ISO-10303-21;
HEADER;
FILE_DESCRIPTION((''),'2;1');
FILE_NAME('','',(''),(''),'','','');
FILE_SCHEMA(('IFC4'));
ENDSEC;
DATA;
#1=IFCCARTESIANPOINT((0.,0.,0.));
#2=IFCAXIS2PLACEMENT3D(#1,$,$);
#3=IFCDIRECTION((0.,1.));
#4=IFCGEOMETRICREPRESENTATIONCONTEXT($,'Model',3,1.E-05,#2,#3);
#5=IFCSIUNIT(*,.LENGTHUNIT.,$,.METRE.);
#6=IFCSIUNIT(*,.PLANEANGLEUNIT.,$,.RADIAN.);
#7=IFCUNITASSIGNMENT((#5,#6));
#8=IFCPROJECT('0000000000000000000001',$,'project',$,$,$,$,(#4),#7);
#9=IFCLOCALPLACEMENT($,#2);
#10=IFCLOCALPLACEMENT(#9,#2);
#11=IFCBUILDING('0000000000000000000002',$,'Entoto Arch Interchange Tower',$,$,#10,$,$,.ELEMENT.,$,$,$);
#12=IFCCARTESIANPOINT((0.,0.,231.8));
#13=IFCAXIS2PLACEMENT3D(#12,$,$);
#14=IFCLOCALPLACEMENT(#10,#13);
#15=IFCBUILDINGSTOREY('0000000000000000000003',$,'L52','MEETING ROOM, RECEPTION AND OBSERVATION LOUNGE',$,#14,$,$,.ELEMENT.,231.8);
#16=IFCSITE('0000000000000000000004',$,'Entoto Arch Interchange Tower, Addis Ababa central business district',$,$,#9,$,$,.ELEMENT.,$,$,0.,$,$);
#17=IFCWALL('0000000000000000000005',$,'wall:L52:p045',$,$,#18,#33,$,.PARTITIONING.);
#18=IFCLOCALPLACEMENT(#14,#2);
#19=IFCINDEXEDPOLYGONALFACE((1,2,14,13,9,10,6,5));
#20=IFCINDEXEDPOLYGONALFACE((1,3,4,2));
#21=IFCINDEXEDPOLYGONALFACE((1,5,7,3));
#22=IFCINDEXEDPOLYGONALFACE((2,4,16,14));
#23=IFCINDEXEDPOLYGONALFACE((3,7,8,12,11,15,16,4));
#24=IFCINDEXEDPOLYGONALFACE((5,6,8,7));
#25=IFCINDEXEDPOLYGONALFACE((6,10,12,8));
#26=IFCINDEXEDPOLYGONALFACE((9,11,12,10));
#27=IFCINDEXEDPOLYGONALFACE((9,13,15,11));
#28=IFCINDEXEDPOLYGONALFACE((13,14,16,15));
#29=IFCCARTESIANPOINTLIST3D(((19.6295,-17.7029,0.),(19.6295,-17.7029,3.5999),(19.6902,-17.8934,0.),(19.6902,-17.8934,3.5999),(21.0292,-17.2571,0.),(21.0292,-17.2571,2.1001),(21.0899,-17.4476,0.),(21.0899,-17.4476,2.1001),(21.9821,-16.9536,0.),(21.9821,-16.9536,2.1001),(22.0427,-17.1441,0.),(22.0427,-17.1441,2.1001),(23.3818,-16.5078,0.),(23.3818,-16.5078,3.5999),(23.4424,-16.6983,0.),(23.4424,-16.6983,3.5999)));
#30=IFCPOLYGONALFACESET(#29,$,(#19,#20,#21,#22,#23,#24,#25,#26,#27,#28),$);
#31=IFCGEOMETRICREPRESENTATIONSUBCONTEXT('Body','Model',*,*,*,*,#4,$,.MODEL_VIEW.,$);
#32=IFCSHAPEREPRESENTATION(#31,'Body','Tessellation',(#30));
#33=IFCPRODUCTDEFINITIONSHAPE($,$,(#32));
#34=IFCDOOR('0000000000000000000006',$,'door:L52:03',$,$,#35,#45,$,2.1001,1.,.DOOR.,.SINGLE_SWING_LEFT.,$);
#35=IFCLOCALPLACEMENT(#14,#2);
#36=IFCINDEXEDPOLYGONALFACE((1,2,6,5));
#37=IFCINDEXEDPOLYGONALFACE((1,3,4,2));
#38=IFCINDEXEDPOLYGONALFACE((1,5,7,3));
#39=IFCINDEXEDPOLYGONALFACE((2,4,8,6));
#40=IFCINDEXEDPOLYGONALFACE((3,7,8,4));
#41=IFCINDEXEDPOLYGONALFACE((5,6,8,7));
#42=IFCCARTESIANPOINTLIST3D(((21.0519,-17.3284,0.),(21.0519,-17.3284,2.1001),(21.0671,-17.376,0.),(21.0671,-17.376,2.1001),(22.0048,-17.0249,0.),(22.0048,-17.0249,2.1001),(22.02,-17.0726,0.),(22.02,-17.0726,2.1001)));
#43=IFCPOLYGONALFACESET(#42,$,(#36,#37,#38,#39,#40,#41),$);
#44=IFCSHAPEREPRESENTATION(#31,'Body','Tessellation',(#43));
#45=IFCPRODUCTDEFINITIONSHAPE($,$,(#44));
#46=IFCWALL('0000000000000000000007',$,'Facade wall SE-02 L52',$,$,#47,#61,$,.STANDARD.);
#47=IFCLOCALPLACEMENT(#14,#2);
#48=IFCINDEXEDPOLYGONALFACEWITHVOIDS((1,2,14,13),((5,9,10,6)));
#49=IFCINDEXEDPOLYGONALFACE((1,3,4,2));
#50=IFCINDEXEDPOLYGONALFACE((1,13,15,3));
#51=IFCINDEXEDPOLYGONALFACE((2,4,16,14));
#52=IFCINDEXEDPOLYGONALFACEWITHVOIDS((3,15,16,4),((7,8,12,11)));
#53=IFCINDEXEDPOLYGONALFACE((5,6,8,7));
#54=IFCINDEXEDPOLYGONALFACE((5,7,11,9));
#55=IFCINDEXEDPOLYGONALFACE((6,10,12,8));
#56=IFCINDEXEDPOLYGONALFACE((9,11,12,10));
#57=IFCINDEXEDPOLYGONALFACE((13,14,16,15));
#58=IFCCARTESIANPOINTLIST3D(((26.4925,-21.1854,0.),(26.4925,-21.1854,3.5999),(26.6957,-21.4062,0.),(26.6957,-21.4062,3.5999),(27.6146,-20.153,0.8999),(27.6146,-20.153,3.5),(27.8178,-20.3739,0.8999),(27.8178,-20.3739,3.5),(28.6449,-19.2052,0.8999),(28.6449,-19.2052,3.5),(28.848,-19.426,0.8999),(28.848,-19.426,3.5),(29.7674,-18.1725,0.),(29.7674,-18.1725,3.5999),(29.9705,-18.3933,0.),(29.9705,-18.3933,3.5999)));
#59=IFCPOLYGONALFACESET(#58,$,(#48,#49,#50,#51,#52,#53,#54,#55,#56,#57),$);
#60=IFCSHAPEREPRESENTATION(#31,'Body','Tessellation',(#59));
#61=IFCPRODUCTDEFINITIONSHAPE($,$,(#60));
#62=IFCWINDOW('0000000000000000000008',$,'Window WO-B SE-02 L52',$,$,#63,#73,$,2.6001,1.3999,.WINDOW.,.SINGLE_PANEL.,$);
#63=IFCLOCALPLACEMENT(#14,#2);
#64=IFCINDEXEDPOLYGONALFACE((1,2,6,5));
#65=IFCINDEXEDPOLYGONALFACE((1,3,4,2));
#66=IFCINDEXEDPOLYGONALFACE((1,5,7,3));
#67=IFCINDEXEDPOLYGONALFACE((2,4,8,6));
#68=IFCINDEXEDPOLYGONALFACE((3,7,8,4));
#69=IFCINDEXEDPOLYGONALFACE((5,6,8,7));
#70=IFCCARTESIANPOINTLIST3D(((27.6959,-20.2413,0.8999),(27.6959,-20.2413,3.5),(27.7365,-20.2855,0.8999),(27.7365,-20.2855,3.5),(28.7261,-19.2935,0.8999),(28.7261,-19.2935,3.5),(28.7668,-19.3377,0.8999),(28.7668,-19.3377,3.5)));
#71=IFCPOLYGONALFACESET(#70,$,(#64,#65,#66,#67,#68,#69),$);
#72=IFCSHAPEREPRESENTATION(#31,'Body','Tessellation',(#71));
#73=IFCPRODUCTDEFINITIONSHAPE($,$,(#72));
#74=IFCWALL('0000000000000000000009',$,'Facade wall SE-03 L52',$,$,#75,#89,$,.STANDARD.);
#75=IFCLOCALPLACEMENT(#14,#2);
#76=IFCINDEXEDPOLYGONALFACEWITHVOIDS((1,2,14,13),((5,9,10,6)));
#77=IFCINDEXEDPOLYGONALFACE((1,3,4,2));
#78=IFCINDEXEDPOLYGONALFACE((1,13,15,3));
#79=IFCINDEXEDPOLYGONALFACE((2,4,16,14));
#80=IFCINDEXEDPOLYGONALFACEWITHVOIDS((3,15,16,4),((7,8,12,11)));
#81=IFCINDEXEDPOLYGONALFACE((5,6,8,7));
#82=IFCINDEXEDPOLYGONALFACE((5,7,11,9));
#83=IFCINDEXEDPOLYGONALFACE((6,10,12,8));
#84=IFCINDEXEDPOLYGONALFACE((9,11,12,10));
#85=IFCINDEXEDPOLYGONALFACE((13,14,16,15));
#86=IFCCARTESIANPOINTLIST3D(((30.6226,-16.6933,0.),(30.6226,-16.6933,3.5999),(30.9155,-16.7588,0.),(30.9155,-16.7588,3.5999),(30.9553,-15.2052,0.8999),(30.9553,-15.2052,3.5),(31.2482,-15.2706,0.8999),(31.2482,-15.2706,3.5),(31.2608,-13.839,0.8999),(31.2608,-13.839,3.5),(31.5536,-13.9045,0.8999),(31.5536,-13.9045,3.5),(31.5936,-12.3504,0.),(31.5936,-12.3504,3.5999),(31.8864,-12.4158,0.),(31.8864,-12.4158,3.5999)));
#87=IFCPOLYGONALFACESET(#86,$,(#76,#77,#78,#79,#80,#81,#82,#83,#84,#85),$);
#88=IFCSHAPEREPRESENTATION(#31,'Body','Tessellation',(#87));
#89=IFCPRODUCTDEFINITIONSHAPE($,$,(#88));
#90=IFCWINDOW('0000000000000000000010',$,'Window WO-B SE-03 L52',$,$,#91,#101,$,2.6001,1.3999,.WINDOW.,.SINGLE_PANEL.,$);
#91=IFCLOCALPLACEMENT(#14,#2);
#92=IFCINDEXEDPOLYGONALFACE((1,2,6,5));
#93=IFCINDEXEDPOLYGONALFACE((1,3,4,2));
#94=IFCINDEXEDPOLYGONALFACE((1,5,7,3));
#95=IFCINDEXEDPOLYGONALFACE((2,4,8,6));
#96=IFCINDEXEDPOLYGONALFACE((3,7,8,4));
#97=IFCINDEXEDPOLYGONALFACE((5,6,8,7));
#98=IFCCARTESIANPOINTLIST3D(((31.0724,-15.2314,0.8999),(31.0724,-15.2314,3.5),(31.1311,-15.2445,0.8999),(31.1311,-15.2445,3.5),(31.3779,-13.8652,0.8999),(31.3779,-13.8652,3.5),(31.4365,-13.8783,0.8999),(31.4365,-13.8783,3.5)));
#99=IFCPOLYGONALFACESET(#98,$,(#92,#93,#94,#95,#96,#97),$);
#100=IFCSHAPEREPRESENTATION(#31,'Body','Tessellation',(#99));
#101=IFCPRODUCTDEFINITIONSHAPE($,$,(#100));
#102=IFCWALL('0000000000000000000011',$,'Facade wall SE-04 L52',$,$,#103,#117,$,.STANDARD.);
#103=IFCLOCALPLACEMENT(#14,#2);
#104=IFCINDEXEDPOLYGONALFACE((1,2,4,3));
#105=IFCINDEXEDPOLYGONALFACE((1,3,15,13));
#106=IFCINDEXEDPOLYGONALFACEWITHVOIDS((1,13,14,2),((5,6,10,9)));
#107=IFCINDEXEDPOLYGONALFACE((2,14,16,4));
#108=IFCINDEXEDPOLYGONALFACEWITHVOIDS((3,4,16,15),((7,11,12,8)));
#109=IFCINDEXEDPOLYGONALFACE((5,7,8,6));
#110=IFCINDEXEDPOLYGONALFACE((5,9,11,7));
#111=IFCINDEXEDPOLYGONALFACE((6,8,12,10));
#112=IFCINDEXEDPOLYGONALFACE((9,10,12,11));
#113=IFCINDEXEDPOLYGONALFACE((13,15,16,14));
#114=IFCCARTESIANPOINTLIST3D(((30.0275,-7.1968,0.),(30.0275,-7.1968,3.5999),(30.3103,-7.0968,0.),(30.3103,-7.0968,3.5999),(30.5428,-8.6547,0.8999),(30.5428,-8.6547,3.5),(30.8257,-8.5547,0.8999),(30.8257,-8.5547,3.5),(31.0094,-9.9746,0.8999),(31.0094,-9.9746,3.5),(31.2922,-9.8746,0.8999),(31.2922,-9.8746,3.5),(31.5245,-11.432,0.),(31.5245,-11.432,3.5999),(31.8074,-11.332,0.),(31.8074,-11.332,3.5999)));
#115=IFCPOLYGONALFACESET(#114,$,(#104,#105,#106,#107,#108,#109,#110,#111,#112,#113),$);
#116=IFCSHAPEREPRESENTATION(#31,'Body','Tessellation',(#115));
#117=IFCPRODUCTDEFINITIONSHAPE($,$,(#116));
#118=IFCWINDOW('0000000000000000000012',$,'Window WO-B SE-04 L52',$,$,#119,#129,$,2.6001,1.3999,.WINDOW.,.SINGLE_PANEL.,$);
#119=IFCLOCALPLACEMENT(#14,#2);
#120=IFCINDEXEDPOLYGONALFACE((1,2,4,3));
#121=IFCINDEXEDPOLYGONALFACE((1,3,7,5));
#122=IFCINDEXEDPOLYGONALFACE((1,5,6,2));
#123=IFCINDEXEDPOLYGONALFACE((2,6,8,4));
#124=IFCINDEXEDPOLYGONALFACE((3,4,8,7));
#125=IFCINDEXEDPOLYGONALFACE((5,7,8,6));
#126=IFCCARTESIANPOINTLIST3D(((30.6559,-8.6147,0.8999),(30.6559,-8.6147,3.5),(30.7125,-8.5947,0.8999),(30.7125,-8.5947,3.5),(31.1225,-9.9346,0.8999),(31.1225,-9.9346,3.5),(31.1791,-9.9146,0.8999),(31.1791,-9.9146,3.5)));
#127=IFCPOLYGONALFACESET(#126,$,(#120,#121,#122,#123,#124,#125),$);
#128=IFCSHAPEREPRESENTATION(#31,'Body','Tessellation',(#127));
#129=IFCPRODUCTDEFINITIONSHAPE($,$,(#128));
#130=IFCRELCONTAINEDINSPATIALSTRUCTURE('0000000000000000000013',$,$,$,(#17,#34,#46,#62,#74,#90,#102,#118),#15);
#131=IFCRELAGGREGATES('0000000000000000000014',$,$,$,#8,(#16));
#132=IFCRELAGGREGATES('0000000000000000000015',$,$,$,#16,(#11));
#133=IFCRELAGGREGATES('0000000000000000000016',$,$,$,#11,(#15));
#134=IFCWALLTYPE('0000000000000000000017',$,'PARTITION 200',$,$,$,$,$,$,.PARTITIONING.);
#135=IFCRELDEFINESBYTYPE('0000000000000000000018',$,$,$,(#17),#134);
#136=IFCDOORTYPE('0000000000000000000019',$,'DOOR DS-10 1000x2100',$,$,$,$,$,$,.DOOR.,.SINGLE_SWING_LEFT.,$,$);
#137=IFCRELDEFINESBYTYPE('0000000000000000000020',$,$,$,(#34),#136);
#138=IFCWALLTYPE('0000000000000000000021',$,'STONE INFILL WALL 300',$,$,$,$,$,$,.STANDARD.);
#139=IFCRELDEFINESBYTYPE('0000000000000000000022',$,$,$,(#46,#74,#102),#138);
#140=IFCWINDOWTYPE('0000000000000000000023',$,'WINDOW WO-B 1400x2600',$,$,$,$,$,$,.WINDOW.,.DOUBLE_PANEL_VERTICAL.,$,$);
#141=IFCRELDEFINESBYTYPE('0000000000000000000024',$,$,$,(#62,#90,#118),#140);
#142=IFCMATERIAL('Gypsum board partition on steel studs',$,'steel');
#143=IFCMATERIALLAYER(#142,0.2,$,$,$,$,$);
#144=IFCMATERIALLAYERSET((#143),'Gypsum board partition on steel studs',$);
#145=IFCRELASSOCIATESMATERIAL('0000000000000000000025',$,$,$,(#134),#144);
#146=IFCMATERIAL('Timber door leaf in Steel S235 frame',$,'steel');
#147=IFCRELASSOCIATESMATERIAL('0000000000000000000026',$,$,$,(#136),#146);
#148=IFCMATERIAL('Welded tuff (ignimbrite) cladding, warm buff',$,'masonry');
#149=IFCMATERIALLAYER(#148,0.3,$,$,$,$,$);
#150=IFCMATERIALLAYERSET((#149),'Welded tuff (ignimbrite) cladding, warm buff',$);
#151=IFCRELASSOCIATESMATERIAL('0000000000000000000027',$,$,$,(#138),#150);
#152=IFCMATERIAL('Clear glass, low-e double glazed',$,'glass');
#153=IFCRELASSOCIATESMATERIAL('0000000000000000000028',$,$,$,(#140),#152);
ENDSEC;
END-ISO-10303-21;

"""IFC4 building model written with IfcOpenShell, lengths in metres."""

from ifc_helpers import new_model, si_unit, direction, frame, frame_2d, origin, place, context, subcontext, project, spatial, rectangle, extrude, material, layer, layer_set, type_object, element, fill, save


model = new_model("IFC4")

# Units and contexts
model_context = context("Model", 3, precision=1e-05, world=origin(), true_north=direction((0.0, 1.0)))
body_context = subcontext(model_context, "Body", "Model", "MODEL_VIEW")
ifc_project = project(units=[si_unit("LENGTHUNIT", "METRE"), si_unit("PLANEANGLEUNIT", "RADIAN")], contexts=[model_context])

# Site, building, storey
site_placement = place(None, origin())
site = spatial("IfcSite", under=ifc_project, at=site_placement, Name="Entoto Arch Interchange Tower, Addis Ababa central business district", CompositionType="ELEMENT", RefElevation=0.0)
building_placement = place(site_placement, origin())
building = spatial("IfcBuilding", under=site, at=building_placement, Name="Entoto Arch Interchange Tower", CompositionType="ELEMENT")
storey_placement = place(building_placement, frame((0.0, 0.0, 231.8)))
storey = spatial("IfcBuildingStorey", under=building, at=storey_placement, Name="L52", Description="MEETING ROOM, RECEPTION AND OBSERVATION LOUNGE", CompositionType="ELEMENT", Elevation=231.8)

# Shared definitions
ifc_material_1 = material(Name="Gypsum board partition on steel studs", Category="steel")
ifc_layer_1 = layer(ifc_material_1, 0.2)
ifc_layer_set_1 = layer_set([ifc_layer_1], Name="Gypsum board partition on steel studs")
wall_type_1 = type_object("IfcWallType", Name="PARTITION 200", PredefinedType="PARTITIONING", material=ifc_layer_set_1)

# Wall, opening, door
wall_1_placement = place(storey_placement, frame((23.4121, -16.603, 0.0), z_axis=(0.0, 0.0, 1.0), x_axis=(-0.952839, -0.303477, 0.0)))
wall_1 = element("IfcWall", 1, at=wall_1_placement, inside=storey, type_object=wall_type_1, Name="wall:L52:p045", PredefinedType="PARTITIONING", context=body_context, shape_type="SweptSolid", body=[
    extrude(rectangle(XDim=3.938, YDim=0.2, at=frame_2d((1.969, 0.0))), origin(), (0.0, 0.0, 1.0), 3.5999),
])
opening_1_placement = place(wall_1_placement, frame((1.469, 0.0, 0.0)))
opening_1 = element("IfcOpeningElement", 2, at=opening_1_placement, cuts=wall_1, PredefinedType="OPENING", context=body_context, shape_type="SweptSolid", body=[
    extrude(rectangle(XDim=1.0, YDim=2.1001, at=frame_2d((0.5, 1.05))), frame((0.0, 0.1099, 0.0), z_axis=(0.0, -1.0, 0.0), x_axis=(1.0, 0.0, 0.0)), (0.0, 0.0, 1.0), 0.22),
])
ifc_material_2 = material(Name="Timber door leaf in Steel S235 frame", Category="steel")
door_type = type_object("IfcDoorType", Name="DOOR DS-10 1000x2100", OperationType="SINGLE_SWING_LEFT", PredefinedType="DOOR", material=ifc_material_2)
door_placement = place(opening_1_placement, origin())
door = element("IfcDoor", 3, at=door_placement, inside=storey, type_object=door_type, Name="door:L52:03", OperationType="SINGLE_SWING_LEFT", OverallHeight=2.1001, OverallWidth=1.0, PredefinedType="DOOR", context=body_context, shape_type="SweptSolid", body=[
    extrude(rectangle(XDim=1.0, YDim=2.1001, at=frame_2d((0.5, 1.05))), frame((0.0, 0.0249, 0.0), z_axis=(0.0, -1.0, 0.0), x_axis=(1.0, 0.0, 0.0)), (0.0, 0.0, 1.0), 0.05),
])
fill(opening_1, door)

# Walls, openings, windows
ifc_material_3 = material(Name="Welded tuff (ignimbrite) cladding, warm buff", Category="masonry")
ifc_layer_2 = layer(ifc_material_3, 0.3)
ifc_layer_set_2 = layer_set([ifc_layer_2], Name="Welded tuff (ignimbrite) cladding, warm buff")
wall_type_2 = type_object("IfcWallType", Name="STONE INFILL WALL 300", PredefinedType="STANDARD", material=ifc_layer_set_2)
wall_2_placement = place(storey_placement, frame((26.594, -21.2959, 0.0), z_axis=(0.0, 0.0, 1.0), x_axis=(0.735928, 0.67706, 0.0)))
wall_2 = element("IfcWall", 4, at=wall_2_placement, inside=storey, type_object=wall_type_2, Name="Facade wall SE-02 L52", PredefinedType="STANDARD", context=body_context, shape_type="SweptSolid", body=[
    extrude(rectangle(XDim=4.45, YDim=0.3, at=frame_2d((2.2251, 0.0))), origin(), (0.0, 0.0, 1.0), 3.5999),
])
opening_2_placement = place(wall_2_placement, frame((1.5249, 0.0, 0.8999)))
opening_2 = element("IfcOpeningElement", 5, at=opening_2_placement, cuts=wall_2, PredefinedType="OPENING", context=body_context, shape_type="SweptSolid", body=[
    extrude(rectangle(XDim=1.3999, YDim=2.6001, at=frame_2d((0.7, 1.3))), frame((0.0, 0.1602, 0.0), z_axis=(0.0, -1.0, 0.0), x_axis=(1.0, 0.0, 0.0)), (0.0, 0.0, 1.0), 0.3201),
])
ifc_material_4 = material(Name="Clear glass, low-e double glazed", Category="glass")
window_type_1 = type_object("IfcWindowType", Name="WINDOW WO-B 1400x2600", PartitioningType="DOUBLE_PANEL_VERTICAL", PredefinedType="WINDOW", material=ifc_material_4)
window_1_placement = place(opening_2_placement, origin())
window_1 = element("IfcWindow", 6, at=window_1_placement, inside=storey, type_object=window_type_1, Name="Window WO-B SE-02 L52", OverallHeight=2.6001, OverallWidth=1.3999, PartitioningType="SINGLE_PANEL", PredefinedType="WINDOW", context=body_context, shape_type="SweptSolid", body=[
    extrude(rectangle(XDim=1.3999, YDim=2.6001, at=frame_2d((0.7, 1.3))), frame((0.0, 0.03, 0.0), z_axis=(0.0, -1.0, 0.0), x_axis=(1.0, 0.0, 0.0)), (0.0, 0.0, 1.0), 0.0601),
])
fill(opening_2, window_1)
wall_3_placement = place(storey_placement, frame((30.769, -16.7261, 0.0), z_axis=(0.0, 0.0, 1.0), x_axis=(0.218179, 0.975909, 0.0)))
wall_3 = element("IfcWall", 7, at=wall_3_placement, inside=storey, type_object=wall_type_2, Name="Facade wall SE-03 L52", PredefinedType="STANDARD", context=body_context, shape_type="SweptSolid", body=[
    extrude(rectangle(XDim=4.4502, YDim=0.3, at=frame_2d((2.2251, 0.0))), origin(), (0.0, 0.0, 1.0), 3.5999),
])
opening_3_placement = place(wall_3_placement, frame((1.5249, 0.0, 0.8999)))
opening_3 = element("IfcOpeningElement", 8, at=opening_3_placement, cuts=wall_3, PredefinedType="OPENING", context=body_context, shape_type="SweptSolid", body=[
    extrude(rectangle(XDim=1.3999, YDim=2.6001, at=frame_2d((0.7, 1.3))), frame((0.0, 0.1602, 0.0), z_axis=(0.0, -1.0, 0.0), x_axis=(1.0, 0.0, 0.0)), (0.0, 0.0, 1.0), 0.3201),
])
window_2_placement = place(opening_3_placement, origin())
window_2 = element("IfcWindow", 9, at=window_2_placement, inside=storey, type_object=window_type_1, Name="Window WO-B SE-03 L52", OverallHeight=2.6001, OverallWidth=1.3999, PartitioningType="SINGLE_PANEL", PredefinedType="WINDOW", context=body_context, shape_type="SweptSolid", body=[
    extrude(rectangle(XDim=1.3999, YDim=2.6001, at=frame_2d((0.7, 1.3))), frame((0.0, 0.03, 0.0), z_axis=(0.0, -1.0, 0.0), x_axis=(1.0, 0.0, 0.0)), (0.0, 0.0, 1.0), 0.0601),
])
fill(opening_3, window_2)
wall_4_placement = place(storey_placement, frame((31.666, -11.3821, 0.0), z_axis=(0.0, 0.0, 1.0), x_axis=(-0.333281, 0.942828, 0.0)))
wall_4 = element("IfcWall", 10, at=wall_4_placement, inside=storey, type_object=wall_type_2, Name="Facade wall SE-04 L52", PredefinedType="STANDARD", context=body_context, shape_type="SweptSolid", body=[
    extrude(rectangle(XDim=4.4919, YDim=0.3, at=frame_2d((2.2461, 0.0))), origin(), (0.0, 0.0, 1.0), 3.5999),
])
opening_4_placement = place(wall_4_placement, frame((1.5459, 0.0, 0.8999)))
opening_4 = element("IfcOpeningElement", 11, at=opening_4_placement, cuts=wall_4, PredefinedType="OPENING", context=body_context, shape_type="SweptSolid", body=[
    extrude(rectangle(XDim=1.3999, YDim=2.6001, at=frame_2d((0.7, 1.3))), frame((0.0, 0.1602, 0.0), z_axis=(0.0, -1.0, 0.0), x_axis=(1.0, 0.0, 0.0)), (0.0, 0.0, 1.0), 0.3201),
])
window_3_placement = place(opening_4_placement, origin())
window_3 = element("IfcWindow", 12, at=window_3_placement, inside=storey, type_object=window_type_1, Name="Window WO-B SE-04 L52", OverallHeight=2.6001, OverallWidth=1.3999, PartitioningType="SINGLE_PANEL", PredefinedType="WINDOW", context=body_context, shape_type="SweptSolid", body=[
    extrude(rectangle(XDim=1.3999, YDim=2.6001, at=frame_2d((0.7, 1.3))), frame((0.0, 0.03, 0.0), z_axis=(0.0, -1.0, 0.0), x_axis=(1.0, 0.0, 0.0)), (0.0, 0.0, 1.0), 0.0601),
])
fill(opening_4, window_3)

save(model, "model.ifc")
